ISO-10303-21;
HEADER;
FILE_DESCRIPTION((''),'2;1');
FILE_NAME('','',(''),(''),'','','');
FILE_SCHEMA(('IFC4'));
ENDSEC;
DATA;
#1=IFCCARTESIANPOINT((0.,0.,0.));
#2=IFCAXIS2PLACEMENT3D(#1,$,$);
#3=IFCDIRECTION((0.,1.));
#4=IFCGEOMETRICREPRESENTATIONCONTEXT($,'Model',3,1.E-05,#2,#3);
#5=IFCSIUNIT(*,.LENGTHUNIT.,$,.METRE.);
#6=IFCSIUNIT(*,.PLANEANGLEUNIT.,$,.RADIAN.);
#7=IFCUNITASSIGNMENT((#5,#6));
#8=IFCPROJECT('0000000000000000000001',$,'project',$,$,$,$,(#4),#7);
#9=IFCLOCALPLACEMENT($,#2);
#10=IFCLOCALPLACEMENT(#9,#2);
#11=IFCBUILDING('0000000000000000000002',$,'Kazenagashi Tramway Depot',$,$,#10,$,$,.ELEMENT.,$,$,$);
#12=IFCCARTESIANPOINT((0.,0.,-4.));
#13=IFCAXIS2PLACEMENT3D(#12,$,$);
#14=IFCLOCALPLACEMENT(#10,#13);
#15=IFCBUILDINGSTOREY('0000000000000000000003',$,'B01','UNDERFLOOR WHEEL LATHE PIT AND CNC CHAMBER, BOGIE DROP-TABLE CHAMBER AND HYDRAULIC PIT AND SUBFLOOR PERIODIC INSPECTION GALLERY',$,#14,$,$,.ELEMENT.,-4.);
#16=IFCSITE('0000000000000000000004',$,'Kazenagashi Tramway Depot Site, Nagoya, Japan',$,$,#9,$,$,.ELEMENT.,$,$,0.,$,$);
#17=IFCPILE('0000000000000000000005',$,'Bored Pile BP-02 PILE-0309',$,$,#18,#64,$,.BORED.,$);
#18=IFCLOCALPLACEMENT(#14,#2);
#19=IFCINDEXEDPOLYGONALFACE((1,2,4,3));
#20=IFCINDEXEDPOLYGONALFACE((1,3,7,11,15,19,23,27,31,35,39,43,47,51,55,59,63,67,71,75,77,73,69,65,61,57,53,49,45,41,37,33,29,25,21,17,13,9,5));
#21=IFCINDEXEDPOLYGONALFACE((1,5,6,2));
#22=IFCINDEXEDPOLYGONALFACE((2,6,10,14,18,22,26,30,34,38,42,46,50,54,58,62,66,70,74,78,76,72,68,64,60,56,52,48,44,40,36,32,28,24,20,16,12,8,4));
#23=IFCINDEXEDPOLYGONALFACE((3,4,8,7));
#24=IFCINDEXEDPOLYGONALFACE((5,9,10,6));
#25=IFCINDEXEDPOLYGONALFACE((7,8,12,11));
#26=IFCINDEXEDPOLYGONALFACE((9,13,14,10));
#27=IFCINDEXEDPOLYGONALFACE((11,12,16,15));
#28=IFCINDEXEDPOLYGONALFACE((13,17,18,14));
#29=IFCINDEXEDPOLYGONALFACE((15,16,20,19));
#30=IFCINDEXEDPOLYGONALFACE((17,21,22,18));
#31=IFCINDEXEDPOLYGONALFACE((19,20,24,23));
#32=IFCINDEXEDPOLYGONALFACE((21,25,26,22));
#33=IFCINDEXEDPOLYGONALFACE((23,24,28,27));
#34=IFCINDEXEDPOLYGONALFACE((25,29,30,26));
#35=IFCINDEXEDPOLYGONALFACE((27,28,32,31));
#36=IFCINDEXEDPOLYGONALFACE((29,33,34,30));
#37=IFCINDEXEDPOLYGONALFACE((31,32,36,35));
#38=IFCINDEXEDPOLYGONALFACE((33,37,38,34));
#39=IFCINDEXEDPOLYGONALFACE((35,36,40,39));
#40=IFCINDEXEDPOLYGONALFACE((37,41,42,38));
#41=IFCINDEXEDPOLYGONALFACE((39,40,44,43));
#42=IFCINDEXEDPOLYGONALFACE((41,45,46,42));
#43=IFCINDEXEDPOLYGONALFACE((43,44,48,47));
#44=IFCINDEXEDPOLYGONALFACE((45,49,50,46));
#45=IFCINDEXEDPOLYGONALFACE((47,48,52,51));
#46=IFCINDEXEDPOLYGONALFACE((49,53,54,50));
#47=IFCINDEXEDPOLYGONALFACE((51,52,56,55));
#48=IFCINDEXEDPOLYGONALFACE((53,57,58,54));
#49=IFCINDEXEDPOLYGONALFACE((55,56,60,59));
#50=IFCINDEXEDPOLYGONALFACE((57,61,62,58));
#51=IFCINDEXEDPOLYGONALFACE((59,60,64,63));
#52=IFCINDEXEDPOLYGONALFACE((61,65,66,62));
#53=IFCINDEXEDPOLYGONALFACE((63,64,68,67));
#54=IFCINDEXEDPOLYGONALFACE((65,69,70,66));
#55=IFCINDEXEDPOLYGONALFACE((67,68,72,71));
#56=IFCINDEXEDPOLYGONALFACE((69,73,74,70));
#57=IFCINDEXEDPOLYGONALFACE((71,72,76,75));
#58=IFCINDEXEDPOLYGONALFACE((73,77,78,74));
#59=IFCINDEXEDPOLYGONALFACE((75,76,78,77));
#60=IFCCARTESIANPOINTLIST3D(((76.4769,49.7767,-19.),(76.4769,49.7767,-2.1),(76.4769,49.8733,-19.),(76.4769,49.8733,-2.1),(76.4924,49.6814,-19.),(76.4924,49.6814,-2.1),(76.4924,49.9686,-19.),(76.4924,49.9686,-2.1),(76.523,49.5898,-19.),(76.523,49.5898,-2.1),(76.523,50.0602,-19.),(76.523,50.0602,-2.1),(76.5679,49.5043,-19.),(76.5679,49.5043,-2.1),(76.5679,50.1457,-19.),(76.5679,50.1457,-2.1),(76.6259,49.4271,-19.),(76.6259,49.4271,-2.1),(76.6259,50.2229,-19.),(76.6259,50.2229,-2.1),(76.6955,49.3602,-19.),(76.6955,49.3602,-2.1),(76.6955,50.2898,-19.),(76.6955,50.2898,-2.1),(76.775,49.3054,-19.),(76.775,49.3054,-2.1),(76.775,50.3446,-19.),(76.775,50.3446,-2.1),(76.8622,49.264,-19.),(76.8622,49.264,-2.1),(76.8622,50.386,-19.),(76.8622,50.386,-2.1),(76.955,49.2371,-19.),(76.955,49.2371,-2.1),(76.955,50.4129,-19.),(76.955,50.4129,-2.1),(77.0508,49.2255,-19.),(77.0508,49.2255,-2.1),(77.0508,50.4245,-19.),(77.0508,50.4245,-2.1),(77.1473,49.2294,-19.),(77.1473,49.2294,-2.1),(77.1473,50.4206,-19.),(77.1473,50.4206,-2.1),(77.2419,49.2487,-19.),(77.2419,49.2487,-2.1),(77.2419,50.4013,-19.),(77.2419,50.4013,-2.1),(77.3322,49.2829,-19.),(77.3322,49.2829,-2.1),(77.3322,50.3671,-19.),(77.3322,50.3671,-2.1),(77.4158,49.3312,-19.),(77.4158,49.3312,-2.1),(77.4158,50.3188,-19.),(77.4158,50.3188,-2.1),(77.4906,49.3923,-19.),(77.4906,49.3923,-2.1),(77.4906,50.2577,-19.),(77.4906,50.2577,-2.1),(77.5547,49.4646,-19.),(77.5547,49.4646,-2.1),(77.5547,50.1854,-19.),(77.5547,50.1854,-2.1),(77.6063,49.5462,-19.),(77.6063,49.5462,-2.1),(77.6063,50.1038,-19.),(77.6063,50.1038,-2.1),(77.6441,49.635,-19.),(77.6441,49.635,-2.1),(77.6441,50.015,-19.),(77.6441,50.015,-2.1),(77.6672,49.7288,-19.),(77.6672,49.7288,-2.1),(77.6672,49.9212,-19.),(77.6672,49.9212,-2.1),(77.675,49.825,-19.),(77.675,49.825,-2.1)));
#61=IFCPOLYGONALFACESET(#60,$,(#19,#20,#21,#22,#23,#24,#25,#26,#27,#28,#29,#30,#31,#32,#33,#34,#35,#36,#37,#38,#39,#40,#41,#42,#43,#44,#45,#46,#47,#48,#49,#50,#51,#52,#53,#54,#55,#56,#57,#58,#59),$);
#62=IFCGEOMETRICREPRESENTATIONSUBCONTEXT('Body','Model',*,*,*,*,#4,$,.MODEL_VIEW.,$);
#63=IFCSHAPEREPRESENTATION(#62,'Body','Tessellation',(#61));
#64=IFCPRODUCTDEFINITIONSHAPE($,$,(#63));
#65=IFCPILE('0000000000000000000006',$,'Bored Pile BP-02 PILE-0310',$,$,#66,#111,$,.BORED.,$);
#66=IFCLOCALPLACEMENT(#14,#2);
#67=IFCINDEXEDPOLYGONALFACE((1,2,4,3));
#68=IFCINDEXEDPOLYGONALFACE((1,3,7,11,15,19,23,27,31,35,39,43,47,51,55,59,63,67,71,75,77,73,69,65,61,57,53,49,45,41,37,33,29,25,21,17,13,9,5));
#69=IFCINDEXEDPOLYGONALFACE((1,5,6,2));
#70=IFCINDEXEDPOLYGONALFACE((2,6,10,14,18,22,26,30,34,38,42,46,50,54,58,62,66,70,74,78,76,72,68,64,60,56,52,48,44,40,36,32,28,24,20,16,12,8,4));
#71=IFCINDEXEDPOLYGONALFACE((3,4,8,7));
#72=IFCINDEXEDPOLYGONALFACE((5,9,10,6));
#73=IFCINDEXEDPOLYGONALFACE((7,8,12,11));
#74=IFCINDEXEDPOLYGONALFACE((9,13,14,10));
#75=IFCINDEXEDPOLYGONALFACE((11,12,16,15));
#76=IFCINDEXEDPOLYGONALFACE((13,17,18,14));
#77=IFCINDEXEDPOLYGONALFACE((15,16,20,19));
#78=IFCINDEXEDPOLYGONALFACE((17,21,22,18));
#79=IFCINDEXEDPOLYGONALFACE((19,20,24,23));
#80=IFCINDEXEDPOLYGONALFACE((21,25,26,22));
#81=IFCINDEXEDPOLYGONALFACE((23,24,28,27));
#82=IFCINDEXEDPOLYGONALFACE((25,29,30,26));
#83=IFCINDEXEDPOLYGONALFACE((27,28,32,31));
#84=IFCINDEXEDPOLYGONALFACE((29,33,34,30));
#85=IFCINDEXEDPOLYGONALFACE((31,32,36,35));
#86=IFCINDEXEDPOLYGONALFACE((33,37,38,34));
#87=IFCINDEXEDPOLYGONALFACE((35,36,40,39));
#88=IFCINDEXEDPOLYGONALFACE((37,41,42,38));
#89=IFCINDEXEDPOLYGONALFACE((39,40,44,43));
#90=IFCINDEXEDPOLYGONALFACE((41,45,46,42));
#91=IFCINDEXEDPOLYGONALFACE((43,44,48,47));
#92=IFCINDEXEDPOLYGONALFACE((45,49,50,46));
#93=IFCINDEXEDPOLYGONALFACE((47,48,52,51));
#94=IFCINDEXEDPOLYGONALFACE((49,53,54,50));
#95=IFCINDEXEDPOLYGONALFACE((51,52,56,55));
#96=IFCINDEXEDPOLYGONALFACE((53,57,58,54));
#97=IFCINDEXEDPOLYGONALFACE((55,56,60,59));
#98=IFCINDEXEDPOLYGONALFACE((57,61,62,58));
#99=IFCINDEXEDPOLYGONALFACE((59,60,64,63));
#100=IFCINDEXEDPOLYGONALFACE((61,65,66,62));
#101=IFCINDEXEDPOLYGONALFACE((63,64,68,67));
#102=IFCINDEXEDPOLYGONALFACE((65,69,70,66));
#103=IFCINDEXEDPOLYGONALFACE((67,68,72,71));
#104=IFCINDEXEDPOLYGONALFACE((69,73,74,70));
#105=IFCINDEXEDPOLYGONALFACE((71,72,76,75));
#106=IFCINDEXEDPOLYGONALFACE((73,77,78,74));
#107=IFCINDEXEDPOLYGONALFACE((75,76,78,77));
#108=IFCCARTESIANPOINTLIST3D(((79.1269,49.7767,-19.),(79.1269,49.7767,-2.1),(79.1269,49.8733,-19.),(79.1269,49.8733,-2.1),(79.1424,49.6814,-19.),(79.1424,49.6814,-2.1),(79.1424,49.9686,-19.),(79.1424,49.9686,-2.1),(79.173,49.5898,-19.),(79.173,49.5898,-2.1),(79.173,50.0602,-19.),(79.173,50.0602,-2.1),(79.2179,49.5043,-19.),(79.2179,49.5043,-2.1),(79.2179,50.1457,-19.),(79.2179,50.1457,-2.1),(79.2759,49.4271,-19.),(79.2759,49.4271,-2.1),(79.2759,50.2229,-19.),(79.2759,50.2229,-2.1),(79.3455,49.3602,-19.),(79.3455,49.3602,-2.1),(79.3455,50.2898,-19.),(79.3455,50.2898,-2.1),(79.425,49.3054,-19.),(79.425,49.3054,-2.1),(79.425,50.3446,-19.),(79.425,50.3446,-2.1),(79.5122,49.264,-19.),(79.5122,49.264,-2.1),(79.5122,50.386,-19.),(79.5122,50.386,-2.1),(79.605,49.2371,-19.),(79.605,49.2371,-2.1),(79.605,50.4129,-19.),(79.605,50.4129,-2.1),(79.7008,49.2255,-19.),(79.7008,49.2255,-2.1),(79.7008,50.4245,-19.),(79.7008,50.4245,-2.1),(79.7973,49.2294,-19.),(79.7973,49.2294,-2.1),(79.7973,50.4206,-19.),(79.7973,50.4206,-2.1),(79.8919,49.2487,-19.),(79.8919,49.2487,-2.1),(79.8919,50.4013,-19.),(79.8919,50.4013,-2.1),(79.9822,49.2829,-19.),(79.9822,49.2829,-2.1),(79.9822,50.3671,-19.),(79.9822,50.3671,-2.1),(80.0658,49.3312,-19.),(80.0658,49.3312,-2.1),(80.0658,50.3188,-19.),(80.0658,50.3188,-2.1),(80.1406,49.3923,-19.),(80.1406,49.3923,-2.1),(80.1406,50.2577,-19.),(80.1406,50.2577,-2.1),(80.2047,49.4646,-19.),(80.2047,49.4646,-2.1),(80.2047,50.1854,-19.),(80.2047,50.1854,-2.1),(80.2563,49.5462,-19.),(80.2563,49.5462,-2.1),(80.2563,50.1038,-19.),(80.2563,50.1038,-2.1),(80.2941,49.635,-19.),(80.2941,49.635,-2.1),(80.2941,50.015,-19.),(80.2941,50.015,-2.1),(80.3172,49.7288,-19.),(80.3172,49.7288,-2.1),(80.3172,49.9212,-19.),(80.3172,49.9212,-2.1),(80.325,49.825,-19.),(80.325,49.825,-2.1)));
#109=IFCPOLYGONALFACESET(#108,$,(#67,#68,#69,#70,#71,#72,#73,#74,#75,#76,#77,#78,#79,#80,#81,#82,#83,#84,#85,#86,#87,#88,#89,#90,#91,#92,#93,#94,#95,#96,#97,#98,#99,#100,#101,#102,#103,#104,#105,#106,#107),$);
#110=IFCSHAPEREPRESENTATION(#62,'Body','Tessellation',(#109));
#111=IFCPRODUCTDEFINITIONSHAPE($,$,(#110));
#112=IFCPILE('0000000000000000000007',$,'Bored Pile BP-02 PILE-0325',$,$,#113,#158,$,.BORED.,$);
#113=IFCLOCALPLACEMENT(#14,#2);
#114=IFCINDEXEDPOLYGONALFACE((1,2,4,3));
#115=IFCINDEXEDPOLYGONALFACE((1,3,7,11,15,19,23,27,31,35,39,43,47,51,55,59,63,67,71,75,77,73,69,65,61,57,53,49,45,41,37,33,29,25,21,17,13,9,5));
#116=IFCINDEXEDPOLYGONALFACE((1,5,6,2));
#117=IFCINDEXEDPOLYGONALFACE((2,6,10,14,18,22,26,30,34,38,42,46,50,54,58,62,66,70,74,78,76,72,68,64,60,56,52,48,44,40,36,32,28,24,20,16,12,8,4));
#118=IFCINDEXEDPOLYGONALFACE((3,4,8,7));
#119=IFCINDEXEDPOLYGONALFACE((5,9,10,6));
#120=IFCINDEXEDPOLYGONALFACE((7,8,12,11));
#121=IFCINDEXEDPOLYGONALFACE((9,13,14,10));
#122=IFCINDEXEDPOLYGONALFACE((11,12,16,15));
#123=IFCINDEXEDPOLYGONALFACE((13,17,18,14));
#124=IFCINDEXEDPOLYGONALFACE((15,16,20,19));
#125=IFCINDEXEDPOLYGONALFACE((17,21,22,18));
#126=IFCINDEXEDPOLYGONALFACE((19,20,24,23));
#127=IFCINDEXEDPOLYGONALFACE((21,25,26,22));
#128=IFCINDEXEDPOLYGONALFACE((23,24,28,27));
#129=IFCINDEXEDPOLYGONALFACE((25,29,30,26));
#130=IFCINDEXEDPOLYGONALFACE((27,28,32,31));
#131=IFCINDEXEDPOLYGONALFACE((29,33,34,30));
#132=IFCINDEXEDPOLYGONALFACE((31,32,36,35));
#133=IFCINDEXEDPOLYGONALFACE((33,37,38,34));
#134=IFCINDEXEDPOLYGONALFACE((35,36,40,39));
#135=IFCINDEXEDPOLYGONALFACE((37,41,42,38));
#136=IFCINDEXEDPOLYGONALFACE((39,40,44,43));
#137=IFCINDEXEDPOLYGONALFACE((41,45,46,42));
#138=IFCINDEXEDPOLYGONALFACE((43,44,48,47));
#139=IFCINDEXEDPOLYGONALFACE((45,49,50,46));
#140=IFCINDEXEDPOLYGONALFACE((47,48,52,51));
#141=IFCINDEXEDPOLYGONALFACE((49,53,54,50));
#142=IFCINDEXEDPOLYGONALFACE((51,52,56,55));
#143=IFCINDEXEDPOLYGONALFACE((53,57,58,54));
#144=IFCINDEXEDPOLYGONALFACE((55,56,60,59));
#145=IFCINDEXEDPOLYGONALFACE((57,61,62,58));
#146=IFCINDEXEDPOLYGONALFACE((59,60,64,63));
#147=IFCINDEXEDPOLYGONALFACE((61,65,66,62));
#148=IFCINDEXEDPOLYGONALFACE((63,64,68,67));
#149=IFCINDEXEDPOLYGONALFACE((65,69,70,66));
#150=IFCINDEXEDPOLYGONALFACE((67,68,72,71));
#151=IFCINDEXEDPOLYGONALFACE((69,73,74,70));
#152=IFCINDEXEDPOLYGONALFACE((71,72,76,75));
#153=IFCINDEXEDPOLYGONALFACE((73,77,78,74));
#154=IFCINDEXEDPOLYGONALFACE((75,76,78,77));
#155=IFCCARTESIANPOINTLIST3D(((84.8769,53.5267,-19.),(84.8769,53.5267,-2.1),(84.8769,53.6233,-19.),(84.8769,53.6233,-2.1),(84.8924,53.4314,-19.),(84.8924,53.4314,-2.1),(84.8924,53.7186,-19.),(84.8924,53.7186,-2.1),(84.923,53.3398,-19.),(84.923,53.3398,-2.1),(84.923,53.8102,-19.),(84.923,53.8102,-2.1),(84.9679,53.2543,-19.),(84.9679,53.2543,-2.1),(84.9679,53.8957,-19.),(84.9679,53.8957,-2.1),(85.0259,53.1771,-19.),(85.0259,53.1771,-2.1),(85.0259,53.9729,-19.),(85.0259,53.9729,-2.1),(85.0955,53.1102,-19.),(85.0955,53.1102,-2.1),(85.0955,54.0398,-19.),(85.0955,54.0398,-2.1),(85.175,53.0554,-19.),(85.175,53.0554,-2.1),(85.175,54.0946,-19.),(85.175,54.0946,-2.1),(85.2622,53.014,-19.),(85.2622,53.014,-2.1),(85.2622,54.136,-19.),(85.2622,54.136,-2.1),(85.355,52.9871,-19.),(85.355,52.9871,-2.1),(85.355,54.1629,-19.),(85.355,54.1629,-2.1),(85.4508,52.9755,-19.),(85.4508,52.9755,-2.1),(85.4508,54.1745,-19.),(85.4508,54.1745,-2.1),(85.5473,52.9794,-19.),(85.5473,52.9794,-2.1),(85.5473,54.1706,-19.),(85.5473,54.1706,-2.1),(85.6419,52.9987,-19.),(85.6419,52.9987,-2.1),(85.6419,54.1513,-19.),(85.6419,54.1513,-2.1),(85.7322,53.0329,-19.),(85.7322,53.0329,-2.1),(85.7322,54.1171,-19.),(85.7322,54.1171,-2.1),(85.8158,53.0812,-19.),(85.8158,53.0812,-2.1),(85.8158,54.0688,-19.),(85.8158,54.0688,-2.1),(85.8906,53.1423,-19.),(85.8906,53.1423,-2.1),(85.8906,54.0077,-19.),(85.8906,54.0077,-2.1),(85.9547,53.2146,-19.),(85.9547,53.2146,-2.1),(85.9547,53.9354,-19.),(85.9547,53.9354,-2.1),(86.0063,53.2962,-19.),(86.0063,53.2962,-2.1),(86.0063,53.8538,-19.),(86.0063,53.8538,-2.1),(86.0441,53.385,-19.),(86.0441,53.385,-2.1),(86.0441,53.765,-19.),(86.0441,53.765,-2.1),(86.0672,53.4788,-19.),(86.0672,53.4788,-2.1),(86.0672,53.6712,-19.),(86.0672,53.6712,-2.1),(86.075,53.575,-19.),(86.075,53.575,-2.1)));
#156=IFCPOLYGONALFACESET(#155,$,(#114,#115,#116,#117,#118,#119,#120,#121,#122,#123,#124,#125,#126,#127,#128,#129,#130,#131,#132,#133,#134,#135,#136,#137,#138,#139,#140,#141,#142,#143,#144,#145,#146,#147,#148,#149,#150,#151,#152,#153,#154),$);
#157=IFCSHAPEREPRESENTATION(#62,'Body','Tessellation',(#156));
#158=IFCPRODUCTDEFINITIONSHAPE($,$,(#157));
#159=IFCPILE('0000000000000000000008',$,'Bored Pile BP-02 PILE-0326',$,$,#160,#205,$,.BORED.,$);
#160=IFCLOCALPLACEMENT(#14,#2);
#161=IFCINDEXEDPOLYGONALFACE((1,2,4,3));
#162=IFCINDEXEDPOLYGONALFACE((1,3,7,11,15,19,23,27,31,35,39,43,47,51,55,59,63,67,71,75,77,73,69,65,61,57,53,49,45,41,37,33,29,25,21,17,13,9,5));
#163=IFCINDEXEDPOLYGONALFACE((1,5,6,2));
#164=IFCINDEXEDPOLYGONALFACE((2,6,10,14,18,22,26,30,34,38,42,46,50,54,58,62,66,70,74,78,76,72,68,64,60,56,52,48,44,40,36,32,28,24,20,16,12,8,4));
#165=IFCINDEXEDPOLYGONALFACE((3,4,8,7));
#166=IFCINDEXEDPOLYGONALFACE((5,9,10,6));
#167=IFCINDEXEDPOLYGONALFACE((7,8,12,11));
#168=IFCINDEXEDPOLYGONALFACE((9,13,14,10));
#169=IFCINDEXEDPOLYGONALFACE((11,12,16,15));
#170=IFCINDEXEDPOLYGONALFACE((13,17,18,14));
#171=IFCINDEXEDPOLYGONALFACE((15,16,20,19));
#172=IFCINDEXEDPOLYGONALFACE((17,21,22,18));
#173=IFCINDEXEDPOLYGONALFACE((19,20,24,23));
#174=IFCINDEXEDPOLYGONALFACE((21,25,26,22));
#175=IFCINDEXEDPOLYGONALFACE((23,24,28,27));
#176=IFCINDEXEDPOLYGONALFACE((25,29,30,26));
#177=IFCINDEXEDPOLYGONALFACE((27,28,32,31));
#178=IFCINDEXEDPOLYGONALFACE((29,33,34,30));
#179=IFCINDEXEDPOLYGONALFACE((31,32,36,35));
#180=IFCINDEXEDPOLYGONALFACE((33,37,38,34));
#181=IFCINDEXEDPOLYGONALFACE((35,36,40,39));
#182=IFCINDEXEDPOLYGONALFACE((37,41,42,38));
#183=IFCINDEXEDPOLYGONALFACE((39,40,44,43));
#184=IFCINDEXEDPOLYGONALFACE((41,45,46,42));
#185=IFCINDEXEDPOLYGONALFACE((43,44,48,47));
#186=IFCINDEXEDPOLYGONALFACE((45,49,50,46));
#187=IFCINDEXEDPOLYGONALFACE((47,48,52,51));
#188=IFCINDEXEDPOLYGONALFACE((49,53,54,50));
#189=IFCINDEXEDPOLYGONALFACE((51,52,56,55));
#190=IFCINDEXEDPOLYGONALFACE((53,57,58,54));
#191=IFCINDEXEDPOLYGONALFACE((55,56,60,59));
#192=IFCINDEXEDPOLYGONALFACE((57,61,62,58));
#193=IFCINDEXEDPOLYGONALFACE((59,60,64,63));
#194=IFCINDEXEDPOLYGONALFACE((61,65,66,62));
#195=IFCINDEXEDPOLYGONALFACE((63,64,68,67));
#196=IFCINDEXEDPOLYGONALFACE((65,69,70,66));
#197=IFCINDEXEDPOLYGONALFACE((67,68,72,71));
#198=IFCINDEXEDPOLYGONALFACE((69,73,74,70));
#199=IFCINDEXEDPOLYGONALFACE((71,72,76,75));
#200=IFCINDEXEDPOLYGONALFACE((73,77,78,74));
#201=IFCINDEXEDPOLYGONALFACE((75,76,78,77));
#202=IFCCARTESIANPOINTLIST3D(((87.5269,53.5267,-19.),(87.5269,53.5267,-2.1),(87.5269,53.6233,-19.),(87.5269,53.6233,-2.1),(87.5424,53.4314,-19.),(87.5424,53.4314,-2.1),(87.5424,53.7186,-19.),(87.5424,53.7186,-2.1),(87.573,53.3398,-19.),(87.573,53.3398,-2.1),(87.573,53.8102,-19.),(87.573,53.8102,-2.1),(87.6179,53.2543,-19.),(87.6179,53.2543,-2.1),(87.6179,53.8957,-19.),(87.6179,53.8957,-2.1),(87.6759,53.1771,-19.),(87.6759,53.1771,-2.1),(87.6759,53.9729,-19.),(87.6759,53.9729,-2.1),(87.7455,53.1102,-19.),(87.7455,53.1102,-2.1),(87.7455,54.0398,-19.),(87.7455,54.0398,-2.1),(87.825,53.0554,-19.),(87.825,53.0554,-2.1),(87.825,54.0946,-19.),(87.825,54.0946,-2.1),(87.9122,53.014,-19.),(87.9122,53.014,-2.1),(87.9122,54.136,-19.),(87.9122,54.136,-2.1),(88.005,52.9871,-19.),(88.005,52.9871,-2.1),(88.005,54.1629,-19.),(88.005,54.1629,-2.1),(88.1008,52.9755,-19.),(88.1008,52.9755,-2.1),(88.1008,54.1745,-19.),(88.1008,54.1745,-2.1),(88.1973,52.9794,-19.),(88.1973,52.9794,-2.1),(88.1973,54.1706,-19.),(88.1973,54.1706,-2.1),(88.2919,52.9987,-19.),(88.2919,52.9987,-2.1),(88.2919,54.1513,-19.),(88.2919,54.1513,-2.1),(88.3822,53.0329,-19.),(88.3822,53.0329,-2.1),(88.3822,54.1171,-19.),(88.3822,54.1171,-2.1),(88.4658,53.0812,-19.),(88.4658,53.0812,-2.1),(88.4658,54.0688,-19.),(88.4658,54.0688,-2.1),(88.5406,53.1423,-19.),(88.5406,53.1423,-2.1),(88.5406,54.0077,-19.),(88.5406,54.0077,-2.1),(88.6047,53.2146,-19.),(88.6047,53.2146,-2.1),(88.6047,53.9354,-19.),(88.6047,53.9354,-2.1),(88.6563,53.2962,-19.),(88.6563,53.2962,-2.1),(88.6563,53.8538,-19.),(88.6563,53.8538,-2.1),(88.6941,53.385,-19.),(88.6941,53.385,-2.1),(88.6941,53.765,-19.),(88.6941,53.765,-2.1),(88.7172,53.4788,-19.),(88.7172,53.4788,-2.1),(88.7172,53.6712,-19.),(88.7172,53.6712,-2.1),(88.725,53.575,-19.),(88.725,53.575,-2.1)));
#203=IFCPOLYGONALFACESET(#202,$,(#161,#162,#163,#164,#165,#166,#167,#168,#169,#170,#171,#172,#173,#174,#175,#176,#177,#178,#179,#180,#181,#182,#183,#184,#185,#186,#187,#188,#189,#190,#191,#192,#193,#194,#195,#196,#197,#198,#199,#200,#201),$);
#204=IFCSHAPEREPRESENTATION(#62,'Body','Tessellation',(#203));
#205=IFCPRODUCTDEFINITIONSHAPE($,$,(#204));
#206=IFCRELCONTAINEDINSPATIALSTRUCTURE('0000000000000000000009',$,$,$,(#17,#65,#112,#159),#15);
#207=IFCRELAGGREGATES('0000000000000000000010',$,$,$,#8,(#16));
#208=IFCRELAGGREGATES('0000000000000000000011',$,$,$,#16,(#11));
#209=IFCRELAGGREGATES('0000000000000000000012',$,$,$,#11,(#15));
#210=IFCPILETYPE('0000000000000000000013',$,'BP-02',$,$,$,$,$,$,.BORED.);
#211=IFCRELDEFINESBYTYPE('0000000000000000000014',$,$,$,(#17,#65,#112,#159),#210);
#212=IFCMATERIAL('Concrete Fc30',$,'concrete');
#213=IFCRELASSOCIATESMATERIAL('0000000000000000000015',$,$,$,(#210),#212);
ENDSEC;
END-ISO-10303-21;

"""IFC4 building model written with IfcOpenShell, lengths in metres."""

from ifc_helpers import new_model, si_unit, direction, frame, origin, origin_2d, place, context, subcontext, project, spatial, circle, extrude, material, material_profile, profile_set, type_object, element, save


model = new_model("IFC4")

# Units and contexts
model_context = context("Model", 3, precision=1e-05, world=origin(), true_north=direction((0.0, 1.0)))
body_context = subcontext(model_context, "Body", "Model", "MODEL_VIEW")
ifc_project = project(units=[si_unit("LENGTHUNIT", "METRE"), si_unit("PLANEANGLEUNIT", "RADIAN")], contexts=[model_context])

# Site, building, storey
site_placement = place(None, origin())
site = spatial("IfcSite", under=ifc_project, at=site_placement, Name="Kazenagashi Tramway Depot Site, Nagoya, Japan", CompositionType="ELEMENT", RefElevation=0.0)
building_placement = place(site_placement, origin())
building = spatial("IfcBuilding", under=site, at=building_placement, Name="Kazenagashi Tramway Depot", CompositionType="ELEMENT")
storey_placement = place(building_placement, frame((0.0, 0.0, -4.0)))
storey = spatial("IfcBuildingStorey", under=building, at=storey_placement, Name="B01", Description="UNDERFLOOR WHEEL LATHE PIT AND CNC CHAMBER, BOGIE DROP-TABLE CHAMBER AND HYDRAULIC PIT AND SUBFLOOR PERIODIC INSPECTION GALLERY", CompositionType="ELEMENT", Elevation=-4.0)

# Piles
ifc_material_1 = material(Name="Concrete Fc30", Category="concrete")
ifc_material_profile_1 = material_profile(ifc_material_1, circle(Radius=0.6, at=origin_2d()), Name="PILE-1200")
ifc_profile_set_1 = profile_set([ifc_material_profile_1], Name="Concrete Fc30")
pile_type = type_object("IfcPileType", Name="BP-02", PredefinedType="BORED", material=ifc_profile_set_1)
for number, where, z_axis, x_axis, name in (
    (1, (77.075, 49.825, -2.1), (0.0, 0.0, -1.0), (1.0, 0.0, 0.0), "Bored Pile BP-02 PILE-0309"),
    (2, (79.725, 49.825, -2.1), (0.0, 0.0, -1.0), (1.0, 0.0, 0.0), "Bored Pile BP-02 PILE-0310"),
    (3, (85.475, 53.575, -2.1), (0.0, 0.0, -1.0), (1.0, 0.0, 0.0), "Bored Pile BP-02 PILE-0325"),
    (4, (88.125, 53.575, -2.1), (0.0, 0.0, -1.0), (1.0, 0.0, 0.0), "Bored Pile BP-02 PILE-0326"),
):
    element("IfcPile", number, at=place(storey_placement, frame(where, z_axis=z_axis, x_axis=x_axis)), inside=storey, type_object=pile_type, Name=name, PredefinedType="BORED", context=body_context, shape_type="SweptSolid", body=[
        extrude(circle(Radius=0.6, at=origin_2d()), origin(), (0.0, 0.0, 1.0), 16.9),
    ])

save(model, "model.ifc")
